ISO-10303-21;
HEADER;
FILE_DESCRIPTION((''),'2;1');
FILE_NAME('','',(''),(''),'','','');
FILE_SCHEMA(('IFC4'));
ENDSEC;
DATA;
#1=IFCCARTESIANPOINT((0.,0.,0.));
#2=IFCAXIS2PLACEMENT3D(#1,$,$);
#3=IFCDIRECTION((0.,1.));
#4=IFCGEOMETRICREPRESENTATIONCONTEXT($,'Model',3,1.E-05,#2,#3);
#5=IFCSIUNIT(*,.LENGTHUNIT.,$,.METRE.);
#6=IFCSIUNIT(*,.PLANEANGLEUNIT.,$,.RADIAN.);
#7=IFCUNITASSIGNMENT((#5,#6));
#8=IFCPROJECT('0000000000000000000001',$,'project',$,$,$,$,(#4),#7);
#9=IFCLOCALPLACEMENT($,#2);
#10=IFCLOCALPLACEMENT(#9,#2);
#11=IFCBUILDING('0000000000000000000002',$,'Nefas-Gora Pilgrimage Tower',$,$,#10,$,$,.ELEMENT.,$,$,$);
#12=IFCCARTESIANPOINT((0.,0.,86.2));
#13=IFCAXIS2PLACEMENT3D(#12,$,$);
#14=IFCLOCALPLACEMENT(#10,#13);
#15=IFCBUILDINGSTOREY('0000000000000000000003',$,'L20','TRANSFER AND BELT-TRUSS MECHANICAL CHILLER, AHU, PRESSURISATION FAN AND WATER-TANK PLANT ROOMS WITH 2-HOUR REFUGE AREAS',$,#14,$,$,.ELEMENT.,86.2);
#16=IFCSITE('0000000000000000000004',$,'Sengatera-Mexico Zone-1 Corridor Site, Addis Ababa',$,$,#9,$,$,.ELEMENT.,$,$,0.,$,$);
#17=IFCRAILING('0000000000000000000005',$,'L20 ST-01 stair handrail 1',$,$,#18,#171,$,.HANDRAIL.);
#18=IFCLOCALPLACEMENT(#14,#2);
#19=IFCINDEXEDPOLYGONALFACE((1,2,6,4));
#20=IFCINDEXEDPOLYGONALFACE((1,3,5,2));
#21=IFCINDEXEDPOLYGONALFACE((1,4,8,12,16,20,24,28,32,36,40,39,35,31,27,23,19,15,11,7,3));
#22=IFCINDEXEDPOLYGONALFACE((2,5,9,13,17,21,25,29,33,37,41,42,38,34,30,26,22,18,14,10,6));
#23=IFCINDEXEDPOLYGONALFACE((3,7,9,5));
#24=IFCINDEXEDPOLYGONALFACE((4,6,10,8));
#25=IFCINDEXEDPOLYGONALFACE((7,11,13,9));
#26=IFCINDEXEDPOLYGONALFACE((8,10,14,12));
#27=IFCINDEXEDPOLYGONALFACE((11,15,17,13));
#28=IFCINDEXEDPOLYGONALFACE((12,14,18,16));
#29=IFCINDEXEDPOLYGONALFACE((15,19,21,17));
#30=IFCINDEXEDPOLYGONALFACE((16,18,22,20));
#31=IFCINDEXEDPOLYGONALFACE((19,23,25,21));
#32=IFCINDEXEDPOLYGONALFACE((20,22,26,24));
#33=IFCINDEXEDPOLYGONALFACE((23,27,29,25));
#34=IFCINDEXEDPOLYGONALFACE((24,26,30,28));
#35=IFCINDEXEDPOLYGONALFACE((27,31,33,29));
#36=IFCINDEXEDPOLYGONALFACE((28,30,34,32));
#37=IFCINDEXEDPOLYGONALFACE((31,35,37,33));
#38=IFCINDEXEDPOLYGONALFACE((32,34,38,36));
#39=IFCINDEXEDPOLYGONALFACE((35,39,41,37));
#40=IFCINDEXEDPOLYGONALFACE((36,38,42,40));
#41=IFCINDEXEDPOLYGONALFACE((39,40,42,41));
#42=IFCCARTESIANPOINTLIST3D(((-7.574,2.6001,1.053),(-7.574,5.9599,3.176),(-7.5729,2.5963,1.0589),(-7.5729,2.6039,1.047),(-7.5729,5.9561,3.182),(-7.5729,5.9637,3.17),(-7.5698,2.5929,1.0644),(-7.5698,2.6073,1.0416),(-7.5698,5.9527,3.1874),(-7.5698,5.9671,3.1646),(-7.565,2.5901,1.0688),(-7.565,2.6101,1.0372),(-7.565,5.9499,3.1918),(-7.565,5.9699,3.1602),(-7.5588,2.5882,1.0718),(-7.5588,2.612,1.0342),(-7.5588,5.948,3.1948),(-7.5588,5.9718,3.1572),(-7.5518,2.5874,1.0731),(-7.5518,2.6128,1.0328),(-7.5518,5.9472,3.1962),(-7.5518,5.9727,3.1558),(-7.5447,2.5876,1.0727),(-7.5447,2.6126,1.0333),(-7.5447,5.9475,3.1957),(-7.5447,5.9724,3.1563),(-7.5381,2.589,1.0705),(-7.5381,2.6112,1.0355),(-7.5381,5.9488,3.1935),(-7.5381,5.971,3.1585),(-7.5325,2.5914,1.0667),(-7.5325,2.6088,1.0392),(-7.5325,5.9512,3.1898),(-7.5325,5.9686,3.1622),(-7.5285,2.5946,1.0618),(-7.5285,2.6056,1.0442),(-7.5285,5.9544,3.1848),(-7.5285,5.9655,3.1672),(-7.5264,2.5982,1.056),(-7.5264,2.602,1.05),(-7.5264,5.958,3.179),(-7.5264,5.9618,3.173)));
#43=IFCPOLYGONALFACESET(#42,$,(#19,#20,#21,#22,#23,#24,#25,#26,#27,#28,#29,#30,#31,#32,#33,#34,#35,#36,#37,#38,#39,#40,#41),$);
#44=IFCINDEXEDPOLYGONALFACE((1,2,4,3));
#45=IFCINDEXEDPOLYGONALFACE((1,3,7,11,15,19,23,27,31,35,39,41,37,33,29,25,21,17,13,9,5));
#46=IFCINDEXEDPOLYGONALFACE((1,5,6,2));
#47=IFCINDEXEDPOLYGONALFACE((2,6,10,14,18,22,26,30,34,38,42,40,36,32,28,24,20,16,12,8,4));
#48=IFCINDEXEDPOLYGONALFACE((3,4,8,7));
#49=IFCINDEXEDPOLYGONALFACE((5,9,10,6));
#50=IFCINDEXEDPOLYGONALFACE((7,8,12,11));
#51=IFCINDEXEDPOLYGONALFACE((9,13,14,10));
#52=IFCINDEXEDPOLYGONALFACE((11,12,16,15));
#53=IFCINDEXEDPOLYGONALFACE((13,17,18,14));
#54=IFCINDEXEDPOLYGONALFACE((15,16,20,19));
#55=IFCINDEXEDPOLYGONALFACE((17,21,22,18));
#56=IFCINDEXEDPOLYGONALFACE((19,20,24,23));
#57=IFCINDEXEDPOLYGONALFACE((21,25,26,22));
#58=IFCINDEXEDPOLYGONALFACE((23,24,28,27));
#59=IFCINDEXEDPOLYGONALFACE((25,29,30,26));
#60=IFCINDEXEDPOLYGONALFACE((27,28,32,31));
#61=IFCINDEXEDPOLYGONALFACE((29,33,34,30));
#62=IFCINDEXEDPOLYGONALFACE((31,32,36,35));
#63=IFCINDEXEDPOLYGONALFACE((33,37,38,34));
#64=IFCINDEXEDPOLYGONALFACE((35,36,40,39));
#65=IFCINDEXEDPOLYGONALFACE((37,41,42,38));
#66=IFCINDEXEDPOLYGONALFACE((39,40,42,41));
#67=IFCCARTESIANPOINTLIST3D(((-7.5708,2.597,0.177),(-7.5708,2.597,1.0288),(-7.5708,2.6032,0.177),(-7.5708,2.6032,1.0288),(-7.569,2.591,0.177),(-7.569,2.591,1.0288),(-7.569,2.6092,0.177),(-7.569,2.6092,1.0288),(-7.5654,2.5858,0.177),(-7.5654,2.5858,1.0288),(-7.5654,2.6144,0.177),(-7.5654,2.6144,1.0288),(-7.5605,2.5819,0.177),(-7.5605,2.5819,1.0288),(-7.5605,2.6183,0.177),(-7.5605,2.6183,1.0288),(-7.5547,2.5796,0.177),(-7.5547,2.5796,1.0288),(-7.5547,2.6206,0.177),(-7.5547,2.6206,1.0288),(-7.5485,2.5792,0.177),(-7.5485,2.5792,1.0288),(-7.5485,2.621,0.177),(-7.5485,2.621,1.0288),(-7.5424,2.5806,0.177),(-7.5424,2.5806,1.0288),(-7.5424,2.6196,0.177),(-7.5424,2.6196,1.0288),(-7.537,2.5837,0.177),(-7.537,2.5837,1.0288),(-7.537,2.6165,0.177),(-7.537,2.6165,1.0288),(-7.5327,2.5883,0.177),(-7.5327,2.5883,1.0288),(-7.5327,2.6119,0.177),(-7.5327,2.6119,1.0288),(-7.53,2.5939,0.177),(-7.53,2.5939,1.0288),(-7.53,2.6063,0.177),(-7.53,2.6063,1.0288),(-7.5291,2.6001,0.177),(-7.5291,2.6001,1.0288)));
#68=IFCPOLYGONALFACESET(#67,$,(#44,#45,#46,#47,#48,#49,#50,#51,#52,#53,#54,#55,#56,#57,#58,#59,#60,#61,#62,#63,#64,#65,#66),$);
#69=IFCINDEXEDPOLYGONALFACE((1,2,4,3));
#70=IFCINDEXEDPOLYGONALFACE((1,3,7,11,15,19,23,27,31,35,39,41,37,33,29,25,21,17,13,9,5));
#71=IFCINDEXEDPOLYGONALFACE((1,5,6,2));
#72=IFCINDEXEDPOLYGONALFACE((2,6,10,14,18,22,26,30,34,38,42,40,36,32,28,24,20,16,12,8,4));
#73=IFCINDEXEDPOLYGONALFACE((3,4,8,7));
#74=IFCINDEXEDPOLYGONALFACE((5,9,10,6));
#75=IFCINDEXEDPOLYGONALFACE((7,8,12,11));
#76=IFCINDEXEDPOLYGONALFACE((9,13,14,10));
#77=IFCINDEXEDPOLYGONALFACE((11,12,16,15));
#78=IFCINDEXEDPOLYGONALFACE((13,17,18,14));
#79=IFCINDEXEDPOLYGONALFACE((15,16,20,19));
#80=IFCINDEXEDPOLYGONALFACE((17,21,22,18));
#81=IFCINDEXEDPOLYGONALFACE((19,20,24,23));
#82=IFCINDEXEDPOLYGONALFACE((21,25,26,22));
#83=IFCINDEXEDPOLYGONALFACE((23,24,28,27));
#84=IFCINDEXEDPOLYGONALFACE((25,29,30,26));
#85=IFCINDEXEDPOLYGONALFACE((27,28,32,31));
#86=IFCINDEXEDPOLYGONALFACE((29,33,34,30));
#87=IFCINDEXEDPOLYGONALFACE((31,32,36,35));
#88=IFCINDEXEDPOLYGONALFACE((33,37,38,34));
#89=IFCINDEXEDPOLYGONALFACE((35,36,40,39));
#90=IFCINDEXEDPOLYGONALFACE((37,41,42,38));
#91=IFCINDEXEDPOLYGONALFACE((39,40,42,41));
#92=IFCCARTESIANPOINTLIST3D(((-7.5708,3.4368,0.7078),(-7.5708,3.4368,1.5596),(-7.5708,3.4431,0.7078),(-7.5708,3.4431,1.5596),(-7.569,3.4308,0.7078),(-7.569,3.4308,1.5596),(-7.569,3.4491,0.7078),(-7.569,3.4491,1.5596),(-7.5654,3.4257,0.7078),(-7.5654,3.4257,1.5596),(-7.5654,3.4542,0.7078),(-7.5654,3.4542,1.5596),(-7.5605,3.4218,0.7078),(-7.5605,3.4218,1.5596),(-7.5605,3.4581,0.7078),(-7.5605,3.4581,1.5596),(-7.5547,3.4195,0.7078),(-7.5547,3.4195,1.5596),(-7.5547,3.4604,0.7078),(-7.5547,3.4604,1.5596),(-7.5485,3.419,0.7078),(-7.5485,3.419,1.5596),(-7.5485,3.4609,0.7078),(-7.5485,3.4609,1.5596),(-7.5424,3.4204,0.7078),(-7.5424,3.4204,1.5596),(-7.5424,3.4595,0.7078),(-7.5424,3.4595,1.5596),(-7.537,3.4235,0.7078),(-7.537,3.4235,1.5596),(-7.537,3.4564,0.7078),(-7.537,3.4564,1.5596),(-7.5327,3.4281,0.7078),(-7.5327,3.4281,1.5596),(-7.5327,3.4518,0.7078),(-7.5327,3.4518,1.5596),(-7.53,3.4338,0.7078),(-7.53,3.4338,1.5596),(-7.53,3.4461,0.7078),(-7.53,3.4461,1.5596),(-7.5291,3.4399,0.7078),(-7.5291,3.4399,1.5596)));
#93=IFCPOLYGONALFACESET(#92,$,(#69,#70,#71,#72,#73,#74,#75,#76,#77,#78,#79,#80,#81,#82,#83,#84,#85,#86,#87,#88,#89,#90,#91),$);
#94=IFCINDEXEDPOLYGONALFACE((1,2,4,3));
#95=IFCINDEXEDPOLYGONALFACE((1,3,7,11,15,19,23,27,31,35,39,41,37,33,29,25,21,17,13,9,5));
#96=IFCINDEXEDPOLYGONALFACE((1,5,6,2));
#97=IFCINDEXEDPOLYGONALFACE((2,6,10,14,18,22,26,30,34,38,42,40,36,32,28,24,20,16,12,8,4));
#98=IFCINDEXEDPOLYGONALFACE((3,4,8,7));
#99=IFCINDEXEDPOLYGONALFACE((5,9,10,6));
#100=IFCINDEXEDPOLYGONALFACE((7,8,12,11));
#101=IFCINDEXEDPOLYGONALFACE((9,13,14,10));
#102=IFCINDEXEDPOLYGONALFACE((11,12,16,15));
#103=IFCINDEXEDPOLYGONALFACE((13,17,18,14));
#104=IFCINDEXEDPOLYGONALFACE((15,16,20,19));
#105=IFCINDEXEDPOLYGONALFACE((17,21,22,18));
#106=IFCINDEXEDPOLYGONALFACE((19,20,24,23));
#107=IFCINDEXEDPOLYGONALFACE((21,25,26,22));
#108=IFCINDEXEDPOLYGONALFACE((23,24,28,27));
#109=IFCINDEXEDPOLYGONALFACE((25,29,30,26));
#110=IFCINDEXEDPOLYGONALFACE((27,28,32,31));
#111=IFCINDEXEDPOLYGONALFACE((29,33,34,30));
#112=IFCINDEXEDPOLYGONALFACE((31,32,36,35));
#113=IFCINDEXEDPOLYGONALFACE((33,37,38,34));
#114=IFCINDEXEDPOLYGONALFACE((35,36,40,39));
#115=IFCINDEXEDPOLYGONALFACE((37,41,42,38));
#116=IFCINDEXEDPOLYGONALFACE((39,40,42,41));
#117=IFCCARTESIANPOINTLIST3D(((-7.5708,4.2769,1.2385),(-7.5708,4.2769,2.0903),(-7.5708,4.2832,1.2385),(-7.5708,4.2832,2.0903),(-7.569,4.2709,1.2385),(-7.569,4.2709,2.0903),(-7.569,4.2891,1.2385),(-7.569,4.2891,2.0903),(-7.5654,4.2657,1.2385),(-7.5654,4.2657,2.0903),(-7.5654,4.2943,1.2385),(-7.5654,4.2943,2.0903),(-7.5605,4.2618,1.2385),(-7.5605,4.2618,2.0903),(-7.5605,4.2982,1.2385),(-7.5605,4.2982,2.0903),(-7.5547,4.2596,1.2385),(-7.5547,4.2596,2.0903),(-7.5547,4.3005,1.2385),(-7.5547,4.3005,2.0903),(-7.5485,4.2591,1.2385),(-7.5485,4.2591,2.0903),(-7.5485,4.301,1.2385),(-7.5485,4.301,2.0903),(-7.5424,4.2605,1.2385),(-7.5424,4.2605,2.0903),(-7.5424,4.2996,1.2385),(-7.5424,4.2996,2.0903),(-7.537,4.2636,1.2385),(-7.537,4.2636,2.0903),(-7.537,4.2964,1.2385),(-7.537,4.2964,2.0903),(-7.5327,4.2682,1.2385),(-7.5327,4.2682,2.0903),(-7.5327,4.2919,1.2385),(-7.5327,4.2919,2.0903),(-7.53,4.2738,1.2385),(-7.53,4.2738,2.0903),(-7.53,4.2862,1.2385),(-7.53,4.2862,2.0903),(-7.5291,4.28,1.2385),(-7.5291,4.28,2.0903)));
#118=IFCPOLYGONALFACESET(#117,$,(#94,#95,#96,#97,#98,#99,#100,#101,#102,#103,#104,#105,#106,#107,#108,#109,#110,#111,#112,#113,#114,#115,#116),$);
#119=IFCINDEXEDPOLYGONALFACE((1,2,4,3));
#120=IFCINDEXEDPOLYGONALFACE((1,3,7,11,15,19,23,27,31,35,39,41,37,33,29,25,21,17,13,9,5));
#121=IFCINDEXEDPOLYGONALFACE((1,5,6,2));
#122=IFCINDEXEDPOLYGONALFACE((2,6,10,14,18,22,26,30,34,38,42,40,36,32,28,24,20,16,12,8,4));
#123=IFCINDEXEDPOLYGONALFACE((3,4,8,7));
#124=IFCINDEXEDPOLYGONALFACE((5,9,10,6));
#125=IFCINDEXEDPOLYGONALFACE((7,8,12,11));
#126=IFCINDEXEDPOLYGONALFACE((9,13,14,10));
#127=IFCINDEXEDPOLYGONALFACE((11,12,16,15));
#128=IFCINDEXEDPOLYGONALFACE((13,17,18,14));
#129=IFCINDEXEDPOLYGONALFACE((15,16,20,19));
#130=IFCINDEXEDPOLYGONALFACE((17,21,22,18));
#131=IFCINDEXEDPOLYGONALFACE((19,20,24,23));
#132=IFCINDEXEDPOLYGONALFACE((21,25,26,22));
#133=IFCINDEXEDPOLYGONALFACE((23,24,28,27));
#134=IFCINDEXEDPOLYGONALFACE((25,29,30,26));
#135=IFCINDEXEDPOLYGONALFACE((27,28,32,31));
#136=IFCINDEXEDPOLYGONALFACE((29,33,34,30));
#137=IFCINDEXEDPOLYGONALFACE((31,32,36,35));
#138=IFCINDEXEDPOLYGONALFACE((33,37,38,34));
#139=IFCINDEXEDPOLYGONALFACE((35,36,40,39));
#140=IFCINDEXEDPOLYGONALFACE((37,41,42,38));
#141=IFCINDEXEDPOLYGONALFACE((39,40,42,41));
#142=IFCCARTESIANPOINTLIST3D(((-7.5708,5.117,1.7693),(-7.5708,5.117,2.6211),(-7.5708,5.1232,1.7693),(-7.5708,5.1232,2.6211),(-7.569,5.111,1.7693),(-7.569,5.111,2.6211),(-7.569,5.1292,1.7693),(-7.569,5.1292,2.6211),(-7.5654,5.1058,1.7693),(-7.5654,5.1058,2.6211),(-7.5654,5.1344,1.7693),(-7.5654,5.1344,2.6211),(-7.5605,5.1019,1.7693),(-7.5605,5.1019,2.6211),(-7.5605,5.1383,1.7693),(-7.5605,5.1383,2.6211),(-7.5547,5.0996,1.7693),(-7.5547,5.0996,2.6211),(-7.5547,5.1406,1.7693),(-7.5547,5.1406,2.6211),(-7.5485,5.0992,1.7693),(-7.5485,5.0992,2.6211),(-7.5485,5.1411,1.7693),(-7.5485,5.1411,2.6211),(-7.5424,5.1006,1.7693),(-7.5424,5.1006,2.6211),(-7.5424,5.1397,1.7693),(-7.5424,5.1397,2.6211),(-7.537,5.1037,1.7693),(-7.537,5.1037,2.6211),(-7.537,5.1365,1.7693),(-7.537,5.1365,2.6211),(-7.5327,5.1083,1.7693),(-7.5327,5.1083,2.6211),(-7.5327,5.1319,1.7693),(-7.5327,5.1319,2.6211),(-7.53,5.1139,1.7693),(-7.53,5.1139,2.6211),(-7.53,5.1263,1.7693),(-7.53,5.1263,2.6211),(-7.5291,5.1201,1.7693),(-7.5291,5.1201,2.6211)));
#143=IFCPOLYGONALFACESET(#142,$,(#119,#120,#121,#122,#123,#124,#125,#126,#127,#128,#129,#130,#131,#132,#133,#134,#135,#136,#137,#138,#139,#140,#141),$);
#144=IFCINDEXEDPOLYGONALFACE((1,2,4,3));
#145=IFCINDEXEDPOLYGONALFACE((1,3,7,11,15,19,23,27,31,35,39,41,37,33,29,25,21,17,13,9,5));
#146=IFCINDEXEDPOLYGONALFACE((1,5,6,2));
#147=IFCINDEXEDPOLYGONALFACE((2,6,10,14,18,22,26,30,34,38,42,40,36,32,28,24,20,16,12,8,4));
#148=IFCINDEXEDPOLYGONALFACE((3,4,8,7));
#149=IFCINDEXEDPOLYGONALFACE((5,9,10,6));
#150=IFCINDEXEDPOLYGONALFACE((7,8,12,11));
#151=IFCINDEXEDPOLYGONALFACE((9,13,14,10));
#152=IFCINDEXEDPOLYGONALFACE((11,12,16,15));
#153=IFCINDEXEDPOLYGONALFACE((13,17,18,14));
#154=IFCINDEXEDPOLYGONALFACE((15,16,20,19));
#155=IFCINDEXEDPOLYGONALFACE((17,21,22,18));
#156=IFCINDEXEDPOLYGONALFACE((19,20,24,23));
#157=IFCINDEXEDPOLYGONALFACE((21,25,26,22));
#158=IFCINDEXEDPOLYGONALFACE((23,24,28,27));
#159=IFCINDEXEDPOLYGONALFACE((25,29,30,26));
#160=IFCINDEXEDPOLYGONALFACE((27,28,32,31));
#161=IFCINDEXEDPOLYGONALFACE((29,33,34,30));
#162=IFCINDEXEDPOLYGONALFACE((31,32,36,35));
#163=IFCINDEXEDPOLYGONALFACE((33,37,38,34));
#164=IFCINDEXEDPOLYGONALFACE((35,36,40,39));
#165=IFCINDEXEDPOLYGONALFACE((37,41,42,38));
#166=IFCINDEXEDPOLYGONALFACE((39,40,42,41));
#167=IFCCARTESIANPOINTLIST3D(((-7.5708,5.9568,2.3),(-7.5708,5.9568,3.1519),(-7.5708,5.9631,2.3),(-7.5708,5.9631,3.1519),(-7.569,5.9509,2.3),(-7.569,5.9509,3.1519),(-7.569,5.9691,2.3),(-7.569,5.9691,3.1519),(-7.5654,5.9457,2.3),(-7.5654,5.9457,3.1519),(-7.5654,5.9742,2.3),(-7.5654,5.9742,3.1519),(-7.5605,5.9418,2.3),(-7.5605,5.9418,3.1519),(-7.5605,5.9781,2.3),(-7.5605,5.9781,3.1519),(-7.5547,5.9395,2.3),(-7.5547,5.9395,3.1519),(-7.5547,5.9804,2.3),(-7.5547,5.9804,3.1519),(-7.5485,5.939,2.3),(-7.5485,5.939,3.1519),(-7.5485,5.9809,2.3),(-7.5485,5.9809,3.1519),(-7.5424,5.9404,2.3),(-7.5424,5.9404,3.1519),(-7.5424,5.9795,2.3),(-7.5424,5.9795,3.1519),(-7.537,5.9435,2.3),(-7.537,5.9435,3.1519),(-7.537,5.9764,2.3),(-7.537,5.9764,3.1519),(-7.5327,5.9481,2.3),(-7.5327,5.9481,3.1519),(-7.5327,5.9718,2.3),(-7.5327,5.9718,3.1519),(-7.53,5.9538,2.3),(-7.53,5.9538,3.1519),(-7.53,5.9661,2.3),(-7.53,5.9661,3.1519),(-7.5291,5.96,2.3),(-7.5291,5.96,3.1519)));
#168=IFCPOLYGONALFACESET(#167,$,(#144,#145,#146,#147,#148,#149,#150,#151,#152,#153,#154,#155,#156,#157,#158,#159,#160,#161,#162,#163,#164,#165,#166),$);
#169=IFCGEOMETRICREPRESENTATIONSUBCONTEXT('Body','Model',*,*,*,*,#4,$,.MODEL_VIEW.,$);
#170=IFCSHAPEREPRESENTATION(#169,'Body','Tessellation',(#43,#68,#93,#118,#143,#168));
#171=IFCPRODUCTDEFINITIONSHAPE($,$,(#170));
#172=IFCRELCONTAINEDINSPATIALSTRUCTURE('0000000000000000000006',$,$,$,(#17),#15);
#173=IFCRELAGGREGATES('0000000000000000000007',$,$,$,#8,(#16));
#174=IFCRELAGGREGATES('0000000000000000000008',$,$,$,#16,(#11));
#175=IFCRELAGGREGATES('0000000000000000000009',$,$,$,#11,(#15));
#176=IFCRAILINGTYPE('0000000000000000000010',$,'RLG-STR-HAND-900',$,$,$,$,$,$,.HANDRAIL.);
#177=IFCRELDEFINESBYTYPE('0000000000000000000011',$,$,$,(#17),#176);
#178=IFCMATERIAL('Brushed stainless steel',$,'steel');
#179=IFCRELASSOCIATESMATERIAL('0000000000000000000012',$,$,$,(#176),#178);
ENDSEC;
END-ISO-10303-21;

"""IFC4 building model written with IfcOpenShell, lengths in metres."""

from ifc_helpers import new_model, si_unit, direction, frame, origin, origin_2d, place, context, subcontext, project, spatial, circle, extrude, material, type_object, element, save


model = new_model("IFC4")

# Units and contexts
model_context = context("Model", 3, precision=1e-05, world=origin(), true_north=direction((0.0, 1.0)))
body_context = subcontext(model_context, "Body", "Model", "MODEL_VIEW")
ifc_project = project(units=[si_unit("LENGTHUNIT", "METRE"), si_unit("PLANEANGLEUNIT", "RADIAN")], contexts=[model_context])

# Site, building, storey
site_placement = place(None, origin())
site = spatial("IfcSite", under=ifc_project, at=site_placement, Name="Sengatera-Mexico Zone-1 Corridor Site, Addis Ababa", CompositionType="ELEMENT", RefElevation=0.0)
building_placement = place(site_placement, origin())
building = spatial("IfcBuilding", under=site, at=building_placement, Name="Nefas-Gora Pilgrimage Tower", CompositionType="ELEMENT")
storey_placement = place(building_placement, frame((0.0, 0.0, 86.2)))
storey = spatial("IfcBuildingStorey", under=building, at=storey_placement, Name="L20", Description="TRANSFER AND BELT-TRUSS MECHANICAL CHILLER, AHU, PRESSURISATION FAN AND WATER-TANK PLANT ROOMS WITH 2-HOUR REFUGE AREAS", CompositionType="ELEMENT", Elevation=86.2)

# Railing
ifc_material_1 = material(Name="Brushed stainless steel", Category="steel")
railing_type_1 = type_object("IfcRailingType", Name="RLG-STR-HAND-900", PredefinedType="HANDRAIL", material=ifc_material_1)
railing_1_placement = place(storey_placement, frame((-7.55, 2.6001, 0.177)))
element("IfcRailing", 1, at=railing_1_placement, inside=storey, type_object=railing_type_1, Name="L20 ST-01 stair handrail 1", PredefinedType="HANDRAIL", context=body_context, shape_type="SweptSolid", body=[
    extrude(circle(Radius=0.0239, at=origin_2d()), frame((0.0, 0.0, 0.876), z_axis=(0.0, 0.845372, 0.534178), x_axis=(-1.0, 0.0, 0.0)), (0.0, 0.0, 1.0), 3.9744),
    extrude(circle(Radius=0.021, at=origin_2d()), origin(), (0.0, 0.0, 1.0), 0.8518),
    extrude(circle(Radius=0.021, at=origin_2d()), frame((0.0, 0.8398, 0.5308)), (0.0, 0.0, 1.0), 0.8518),
    extrude(circle(Radius=0.021, at=origin_2d()), frame((0.0, 1.6799, 1.0615)), (0.0, 0.0, 1.0), 0.8518),
    extrude(circle(Radius=0.021, at=origin_2d()), frame((0.0, 2.52, 1.5923)), (0.0, 0.0, 1.0), 0.8518),
    extrude(circle(Radius=0.021, at=origin_2d()), frame((0.0, 3.3599, 2.123)), (0.0, 0.0, 1.0), 0.8518),
])

save(model, "model.ifc")
